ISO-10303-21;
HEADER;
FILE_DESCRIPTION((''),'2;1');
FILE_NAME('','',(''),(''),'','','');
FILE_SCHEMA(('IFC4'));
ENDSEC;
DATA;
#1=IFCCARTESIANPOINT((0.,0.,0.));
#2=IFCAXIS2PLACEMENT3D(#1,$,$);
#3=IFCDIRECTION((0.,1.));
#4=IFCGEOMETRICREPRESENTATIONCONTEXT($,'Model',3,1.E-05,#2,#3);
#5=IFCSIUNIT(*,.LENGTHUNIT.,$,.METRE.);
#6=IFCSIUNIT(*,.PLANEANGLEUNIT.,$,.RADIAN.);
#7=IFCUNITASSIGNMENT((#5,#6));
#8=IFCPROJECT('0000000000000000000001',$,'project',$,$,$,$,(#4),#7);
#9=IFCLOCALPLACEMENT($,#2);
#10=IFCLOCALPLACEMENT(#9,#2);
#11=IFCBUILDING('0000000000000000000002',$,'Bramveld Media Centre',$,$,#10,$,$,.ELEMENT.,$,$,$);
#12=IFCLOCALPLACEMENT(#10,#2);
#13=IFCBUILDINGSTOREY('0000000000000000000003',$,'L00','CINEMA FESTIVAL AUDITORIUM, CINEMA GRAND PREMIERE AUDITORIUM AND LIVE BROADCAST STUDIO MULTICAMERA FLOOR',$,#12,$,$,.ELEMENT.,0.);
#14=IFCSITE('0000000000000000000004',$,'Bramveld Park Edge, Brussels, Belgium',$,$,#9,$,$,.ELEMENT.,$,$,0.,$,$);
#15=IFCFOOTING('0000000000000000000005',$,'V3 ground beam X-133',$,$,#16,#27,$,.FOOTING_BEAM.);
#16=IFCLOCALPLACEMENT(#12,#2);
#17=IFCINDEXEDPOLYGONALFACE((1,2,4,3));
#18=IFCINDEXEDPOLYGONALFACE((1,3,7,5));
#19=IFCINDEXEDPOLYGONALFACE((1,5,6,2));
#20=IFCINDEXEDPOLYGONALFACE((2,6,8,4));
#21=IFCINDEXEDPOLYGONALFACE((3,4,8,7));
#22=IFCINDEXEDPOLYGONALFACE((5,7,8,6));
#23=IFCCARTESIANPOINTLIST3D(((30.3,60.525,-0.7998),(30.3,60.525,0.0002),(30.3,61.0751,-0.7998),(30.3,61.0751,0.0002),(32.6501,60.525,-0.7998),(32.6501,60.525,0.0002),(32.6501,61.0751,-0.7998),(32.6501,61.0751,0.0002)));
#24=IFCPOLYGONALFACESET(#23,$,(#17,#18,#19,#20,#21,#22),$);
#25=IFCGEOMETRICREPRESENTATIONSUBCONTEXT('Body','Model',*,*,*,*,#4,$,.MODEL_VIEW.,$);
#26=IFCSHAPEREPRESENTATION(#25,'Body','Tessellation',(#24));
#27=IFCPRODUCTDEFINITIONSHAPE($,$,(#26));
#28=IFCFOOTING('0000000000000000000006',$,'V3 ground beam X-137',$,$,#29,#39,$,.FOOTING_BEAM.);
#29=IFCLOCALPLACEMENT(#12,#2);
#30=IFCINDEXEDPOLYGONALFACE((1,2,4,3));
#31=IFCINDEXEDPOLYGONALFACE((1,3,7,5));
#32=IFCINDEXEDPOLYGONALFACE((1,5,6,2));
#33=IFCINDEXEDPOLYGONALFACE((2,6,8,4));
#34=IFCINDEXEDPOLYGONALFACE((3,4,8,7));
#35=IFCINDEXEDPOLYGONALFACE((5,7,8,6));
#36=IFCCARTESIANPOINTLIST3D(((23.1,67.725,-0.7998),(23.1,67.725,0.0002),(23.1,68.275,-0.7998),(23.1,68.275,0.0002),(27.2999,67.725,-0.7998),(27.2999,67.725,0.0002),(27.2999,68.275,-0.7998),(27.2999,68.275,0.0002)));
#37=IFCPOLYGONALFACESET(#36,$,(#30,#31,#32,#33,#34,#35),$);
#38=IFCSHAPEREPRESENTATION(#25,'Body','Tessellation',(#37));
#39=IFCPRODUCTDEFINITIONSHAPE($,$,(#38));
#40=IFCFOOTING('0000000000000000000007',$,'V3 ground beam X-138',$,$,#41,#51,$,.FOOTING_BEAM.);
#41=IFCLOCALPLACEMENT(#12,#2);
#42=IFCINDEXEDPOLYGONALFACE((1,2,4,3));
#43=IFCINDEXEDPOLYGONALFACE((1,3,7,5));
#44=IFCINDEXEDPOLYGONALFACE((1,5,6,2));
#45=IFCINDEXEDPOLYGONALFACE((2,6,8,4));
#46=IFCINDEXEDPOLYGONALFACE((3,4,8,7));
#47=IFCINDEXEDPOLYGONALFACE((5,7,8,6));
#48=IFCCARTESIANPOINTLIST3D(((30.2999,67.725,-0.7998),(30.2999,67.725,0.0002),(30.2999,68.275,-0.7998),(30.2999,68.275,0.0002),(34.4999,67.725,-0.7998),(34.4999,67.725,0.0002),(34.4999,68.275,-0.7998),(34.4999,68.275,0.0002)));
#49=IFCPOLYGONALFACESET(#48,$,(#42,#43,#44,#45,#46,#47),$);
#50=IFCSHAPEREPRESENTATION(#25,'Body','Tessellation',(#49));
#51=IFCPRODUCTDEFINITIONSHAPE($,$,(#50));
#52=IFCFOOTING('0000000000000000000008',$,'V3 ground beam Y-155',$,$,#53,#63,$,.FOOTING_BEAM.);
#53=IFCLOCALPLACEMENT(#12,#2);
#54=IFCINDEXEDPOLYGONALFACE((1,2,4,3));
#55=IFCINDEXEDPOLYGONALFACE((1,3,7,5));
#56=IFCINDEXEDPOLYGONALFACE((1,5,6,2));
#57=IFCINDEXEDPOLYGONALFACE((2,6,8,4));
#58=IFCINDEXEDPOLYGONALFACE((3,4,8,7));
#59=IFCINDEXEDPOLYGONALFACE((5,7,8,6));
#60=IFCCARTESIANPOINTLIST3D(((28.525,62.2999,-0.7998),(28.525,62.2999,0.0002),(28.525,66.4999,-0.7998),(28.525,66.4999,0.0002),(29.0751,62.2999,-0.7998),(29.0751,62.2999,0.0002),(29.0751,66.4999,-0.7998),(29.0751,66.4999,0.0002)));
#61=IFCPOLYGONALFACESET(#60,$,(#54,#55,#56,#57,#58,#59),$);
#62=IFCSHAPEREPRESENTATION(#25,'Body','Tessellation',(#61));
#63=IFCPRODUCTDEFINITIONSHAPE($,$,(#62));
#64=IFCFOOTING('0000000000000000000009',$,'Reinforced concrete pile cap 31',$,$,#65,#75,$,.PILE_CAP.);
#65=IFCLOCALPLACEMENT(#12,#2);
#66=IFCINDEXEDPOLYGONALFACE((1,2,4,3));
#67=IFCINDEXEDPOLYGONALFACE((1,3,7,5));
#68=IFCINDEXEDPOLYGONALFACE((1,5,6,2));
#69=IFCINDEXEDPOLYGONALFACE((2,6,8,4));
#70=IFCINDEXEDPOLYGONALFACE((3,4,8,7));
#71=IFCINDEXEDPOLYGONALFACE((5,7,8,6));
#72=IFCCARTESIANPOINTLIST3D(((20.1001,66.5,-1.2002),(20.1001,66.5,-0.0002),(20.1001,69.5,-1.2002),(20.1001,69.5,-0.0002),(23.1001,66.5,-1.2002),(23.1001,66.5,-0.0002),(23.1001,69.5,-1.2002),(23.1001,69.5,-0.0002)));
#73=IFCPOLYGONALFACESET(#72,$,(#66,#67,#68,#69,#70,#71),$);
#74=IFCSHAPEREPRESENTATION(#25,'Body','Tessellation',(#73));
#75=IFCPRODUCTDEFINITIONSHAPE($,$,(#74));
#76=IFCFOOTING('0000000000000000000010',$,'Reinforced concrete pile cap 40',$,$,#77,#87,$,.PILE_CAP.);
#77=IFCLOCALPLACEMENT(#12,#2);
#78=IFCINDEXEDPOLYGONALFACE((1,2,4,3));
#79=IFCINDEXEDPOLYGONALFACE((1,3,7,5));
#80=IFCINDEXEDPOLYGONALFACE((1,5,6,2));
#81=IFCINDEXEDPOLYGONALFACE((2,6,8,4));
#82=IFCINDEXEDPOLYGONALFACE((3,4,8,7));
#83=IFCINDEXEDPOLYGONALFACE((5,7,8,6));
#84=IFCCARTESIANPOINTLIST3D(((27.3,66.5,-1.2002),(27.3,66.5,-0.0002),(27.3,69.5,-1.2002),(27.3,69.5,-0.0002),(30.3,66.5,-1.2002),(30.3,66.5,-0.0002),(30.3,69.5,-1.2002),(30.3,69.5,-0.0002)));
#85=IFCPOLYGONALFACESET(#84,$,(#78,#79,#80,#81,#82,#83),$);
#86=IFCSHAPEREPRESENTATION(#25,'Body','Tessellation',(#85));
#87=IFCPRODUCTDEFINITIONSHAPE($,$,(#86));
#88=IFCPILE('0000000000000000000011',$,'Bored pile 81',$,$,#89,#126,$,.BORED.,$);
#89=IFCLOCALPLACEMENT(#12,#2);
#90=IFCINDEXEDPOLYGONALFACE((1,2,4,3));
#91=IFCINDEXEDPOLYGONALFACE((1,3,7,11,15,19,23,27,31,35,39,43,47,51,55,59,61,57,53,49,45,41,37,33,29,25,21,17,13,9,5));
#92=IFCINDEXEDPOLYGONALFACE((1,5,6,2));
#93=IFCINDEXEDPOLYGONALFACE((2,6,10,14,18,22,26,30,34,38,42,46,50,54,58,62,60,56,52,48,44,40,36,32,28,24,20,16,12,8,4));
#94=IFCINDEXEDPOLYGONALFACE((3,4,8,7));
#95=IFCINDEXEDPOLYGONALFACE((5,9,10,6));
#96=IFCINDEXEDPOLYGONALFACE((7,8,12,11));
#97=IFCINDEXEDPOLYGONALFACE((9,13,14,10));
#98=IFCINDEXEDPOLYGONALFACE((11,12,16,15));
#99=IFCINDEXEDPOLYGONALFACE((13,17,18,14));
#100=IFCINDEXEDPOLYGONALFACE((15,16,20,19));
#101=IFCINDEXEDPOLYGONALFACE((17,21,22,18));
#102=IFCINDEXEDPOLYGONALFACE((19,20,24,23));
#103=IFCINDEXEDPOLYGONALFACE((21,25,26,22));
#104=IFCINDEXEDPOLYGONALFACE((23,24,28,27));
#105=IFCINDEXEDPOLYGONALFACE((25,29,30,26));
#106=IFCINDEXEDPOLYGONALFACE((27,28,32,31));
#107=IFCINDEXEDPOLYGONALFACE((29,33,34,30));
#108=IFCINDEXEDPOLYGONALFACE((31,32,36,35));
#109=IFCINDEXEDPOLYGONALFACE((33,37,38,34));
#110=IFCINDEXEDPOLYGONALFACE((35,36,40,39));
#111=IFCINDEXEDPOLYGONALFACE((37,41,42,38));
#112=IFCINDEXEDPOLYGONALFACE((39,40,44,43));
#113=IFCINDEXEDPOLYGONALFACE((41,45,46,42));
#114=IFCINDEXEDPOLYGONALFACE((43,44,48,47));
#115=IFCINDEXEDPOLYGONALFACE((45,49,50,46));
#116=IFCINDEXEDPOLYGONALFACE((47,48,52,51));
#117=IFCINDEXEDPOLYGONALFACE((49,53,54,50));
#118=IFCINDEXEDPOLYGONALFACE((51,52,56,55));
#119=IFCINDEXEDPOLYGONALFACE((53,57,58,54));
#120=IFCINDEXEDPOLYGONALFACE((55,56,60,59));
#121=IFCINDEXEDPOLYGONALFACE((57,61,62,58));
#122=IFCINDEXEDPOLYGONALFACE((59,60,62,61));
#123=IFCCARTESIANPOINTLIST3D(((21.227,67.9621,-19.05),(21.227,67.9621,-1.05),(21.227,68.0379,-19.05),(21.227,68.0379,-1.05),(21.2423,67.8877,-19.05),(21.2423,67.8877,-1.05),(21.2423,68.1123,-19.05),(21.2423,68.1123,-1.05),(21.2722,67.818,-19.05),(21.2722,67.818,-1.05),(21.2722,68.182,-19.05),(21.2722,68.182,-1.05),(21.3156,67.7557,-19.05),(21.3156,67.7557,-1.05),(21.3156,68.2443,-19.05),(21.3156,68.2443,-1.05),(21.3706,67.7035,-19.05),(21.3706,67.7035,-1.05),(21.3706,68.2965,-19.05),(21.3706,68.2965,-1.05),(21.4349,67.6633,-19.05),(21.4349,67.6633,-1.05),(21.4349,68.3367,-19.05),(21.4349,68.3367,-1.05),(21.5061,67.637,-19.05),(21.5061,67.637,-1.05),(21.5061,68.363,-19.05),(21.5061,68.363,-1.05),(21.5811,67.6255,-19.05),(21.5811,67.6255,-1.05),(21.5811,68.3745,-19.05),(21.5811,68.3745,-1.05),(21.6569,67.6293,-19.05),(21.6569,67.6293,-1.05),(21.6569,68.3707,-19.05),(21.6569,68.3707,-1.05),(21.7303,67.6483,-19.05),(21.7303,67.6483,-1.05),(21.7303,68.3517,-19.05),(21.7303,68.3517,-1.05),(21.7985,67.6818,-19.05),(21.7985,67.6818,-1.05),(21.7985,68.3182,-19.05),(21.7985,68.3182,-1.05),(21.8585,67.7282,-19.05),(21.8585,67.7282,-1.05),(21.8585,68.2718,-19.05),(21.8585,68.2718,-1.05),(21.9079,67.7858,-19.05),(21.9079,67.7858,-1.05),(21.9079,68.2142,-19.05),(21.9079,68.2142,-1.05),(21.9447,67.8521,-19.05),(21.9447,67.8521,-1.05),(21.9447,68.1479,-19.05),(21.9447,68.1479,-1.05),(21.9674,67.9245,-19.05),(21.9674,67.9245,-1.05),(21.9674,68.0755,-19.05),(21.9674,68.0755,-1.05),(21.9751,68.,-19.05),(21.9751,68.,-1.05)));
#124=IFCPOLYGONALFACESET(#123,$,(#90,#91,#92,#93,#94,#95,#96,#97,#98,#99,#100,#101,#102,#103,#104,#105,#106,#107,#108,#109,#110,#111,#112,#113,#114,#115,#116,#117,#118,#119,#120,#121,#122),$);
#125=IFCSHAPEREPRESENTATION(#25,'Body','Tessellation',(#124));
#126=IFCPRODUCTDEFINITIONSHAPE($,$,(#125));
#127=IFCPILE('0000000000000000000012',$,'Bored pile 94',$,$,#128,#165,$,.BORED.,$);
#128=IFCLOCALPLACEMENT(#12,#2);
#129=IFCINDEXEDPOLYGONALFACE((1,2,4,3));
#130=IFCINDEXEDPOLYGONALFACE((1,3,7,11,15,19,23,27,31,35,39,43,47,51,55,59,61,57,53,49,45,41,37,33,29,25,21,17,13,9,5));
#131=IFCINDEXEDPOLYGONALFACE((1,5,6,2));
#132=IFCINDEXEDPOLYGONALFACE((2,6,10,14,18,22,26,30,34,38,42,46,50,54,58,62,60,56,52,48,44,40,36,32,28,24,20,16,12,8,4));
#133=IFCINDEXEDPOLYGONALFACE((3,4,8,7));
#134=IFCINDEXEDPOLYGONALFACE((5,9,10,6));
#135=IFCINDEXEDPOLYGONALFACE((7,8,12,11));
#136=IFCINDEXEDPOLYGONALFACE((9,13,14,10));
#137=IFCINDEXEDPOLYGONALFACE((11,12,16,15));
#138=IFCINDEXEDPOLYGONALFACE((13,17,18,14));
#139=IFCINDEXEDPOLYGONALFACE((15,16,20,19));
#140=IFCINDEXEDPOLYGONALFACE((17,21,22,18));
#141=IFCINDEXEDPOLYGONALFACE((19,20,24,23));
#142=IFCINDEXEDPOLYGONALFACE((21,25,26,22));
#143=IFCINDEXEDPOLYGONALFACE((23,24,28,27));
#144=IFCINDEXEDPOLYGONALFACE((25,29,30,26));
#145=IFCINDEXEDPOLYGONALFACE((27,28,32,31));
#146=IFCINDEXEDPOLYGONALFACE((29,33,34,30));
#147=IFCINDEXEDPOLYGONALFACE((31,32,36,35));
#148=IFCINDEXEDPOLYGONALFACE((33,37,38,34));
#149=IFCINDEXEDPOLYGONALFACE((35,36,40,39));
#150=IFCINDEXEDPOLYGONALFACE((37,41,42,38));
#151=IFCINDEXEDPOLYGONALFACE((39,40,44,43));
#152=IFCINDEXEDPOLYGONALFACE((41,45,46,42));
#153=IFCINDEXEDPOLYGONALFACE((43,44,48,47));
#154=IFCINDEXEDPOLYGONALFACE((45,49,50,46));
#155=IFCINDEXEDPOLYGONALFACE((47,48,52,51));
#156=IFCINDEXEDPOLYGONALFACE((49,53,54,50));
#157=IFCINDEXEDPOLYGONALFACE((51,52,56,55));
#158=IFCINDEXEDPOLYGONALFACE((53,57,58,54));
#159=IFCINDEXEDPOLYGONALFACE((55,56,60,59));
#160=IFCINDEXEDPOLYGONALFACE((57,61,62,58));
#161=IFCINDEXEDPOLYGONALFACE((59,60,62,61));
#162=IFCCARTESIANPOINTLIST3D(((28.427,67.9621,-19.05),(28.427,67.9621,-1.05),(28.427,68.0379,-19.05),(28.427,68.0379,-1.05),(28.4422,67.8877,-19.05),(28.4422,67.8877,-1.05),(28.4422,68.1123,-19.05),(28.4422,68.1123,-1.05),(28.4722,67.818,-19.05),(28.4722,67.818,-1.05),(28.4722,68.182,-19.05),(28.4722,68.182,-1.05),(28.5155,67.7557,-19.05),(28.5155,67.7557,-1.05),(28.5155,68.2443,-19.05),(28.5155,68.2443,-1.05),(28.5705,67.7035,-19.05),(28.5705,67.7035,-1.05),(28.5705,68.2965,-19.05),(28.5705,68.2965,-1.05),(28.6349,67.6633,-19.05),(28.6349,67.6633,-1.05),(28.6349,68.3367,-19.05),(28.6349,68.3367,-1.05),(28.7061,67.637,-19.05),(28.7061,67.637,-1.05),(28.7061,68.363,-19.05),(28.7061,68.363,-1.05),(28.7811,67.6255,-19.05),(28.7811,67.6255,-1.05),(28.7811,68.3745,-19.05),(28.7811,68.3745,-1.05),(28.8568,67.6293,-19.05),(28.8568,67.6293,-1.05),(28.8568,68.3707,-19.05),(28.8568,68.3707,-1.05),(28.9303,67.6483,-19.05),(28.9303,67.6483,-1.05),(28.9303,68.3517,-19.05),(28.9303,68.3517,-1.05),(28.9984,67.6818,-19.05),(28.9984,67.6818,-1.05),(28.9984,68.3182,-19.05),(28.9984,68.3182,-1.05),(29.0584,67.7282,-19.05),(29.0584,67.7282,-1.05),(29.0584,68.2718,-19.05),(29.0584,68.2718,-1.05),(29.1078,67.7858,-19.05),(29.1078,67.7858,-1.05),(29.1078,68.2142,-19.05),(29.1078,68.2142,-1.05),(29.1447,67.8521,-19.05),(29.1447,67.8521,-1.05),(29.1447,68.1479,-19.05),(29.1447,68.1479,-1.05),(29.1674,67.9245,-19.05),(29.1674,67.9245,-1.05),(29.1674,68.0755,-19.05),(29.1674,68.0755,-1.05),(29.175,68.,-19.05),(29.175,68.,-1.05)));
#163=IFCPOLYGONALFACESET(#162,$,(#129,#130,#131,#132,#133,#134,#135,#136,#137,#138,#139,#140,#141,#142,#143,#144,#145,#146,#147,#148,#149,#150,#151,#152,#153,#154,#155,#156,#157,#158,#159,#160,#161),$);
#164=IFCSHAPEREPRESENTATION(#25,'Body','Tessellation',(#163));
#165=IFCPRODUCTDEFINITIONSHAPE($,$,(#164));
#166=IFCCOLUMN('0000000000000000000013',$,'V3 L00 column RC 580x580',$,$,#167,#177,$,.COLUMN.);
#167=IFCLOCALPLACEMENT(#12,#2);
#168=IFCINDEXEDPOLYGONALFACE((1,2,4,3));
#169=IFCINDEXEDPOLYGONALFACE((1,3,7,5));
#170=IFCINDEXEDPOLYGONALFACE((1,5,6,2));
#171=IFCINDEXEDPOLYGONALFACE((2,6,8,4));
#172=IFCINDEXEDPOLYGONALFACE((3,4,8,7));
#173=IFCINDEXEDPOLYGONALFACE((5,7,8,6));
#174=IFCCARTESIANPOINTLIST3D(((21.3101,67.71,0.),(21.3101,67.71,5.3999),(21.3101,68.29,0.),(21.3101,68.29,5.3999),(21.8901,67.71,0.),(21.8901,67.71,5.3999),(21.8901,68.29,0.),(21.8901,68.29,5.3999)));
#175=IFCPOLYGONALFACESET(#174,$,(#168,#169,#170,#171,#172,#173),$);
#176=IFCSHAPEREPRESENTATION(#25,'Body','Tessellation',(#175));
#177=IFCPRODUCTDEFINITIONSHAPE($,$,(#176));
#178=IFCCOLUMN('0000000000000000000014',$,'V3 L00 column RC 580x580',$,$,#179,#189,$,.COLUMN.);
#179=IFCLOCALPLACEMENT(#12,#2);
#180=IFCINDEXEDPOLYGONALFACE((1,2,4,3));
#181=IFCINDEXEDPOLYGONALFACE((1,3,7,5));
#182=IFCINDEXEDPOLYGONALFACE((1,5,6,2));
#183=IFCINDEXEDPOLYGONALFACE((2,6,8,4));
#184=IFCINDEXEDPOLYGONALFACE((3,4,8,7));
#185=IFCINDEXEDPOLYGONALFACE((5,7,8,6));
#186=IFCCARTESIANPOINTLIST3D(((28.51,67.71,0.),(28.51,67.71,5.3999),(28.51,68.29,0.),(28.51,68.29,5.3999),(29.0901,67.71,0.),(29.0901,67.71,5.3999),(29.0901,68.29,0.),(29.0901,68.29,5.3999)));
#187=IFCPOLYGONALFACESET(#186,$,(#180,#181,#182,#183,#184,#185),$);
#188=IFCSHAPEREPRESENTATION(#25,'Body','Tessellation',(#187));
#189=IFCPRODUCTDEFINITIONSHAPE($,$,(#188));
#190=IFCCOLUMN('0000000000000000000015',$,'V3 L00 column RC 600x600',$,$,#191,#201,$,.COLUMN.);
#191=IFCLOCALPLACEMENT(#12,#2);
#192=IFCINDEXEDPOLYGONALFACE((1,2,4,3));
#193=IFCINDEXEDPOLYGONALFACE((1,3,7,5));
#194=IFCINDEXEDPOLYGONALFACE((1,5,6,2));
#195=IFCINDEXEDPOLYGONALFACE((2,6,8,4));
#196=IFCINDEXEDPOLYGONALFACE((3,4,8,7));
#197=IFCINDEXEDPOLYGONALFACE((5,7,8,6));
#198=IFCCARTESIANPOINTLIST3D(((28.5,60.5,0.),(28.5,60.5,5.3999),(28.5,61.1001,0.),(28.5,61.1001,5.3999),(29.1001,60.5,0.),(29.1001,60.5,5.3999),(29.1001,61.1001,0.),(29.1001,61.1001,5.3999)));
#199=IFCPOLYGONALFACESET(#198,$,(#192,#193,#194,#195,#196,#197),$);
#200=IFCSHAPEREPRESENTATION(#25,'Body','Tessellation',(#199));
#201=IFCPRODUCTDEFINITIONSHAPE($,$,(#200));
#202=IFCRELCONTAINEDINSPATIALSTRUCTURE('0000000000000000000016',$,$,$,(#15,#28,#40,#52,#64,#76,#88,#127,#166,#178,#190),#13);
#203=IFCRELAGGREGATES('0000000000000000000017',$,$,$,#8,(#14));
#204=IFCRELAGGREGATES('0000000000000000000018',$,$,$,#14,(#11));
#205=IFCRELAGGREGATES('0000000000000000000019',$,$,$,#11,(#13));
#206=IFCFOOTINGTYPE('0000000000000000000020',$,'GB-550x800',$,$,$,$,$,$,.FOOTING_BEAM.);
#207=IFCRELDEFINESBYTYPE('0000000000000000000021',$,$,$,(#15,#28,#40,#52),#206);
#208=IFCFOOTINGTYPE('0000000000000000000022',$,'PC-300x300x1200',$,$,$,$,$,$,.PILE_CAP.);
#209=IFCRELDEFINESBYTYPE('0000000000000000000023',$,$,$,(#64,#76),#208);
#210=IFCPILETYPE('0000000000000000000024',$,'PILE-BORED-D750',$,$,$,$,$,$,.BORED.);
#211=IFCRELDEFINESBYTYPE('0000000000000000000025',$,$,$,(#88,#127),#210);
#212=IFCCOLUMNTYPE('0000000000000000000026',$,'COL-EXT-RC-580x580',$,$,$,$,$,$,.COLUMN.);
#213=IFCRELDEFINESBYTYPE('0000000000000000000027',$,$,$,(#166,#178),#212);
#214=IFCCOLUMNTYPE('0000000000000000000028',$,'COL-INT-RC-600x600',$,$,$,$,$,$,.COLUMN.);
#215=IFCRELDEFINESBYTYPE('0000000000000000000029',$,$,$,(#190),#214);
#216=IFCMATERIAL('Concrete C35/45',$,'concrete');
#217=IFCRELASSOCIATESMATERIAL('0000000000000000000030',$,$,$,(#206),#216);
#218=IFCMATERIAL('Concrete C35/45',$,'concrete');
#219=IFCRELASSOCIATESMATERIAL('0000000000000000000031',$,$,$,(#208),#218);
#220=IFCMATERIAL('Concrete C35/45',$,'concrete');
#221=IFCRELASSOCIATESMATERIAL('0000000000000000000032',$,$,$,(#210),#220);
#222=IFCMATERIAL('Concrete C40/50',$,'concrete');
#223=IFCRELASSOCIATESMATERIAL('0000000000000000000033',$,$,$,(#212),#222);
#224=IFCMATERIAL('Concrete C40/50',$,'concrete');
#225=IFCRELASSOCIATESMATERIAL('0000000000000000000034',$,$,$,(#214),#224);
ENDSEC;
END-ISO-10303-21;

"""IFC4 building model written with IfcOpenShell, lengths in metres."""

from ifc_helpers import new_model, si_unit, direction, frame, origin, origin_2d, place, context, subcontext, project, spatial, rectangle, circle, extrude, material, material_profile, profile_set, type_object, element, save


model = new_model("IFC4")

# Units and contexts
model_context = context("Model", 3, precision=1e-05, world=origin(), true_north=direction((0.0, 1.0)))
body_context = subcontext(model_context, "Body", "Model", "MODEL_VIEW")
ifc_project = project(units=[si_unit("LENGTHUNIT", "METRE"), si_unit("PLANEANGLEUNIT", "RADIAN")], contexts=[model_context])

# Site, building, storey
site_placement = place(None, origin())
site = spatial("IfcSite", under=ifc_project, at=site_placement, Name="Bramveld Park Edge, Brussels, Belgium", CompositionType="ELEMENT", RefElevation=0.0)
building_placement = place(site_placement, origin())
building = spatial("IfcBuilding", under=site, at=building_placement, Name="Bramveld Media Centre", CompositionType="ELEMENT")
storey_placement = place(building_placement, origin())
storey = spatial("IfcBuildingStorey", under=building, at=storey_placement, Name="L00", Description="CINEMA FESTIVAL AUDITORIUM, CINEMA GRAND PREMIERE AUDITORIUM AND LIVE BROADCAST STUDIO MULTICAMERA FLOOR", CompositionType="ELEMENT", Elevation=0.0)

# Footings
ifc_material_1 = material(Name="Concrete C35/45", Category="concrete")
footing_type_1 = type_object("IfcFootingType", Name="GB-550x800", PredefinedType="FOOTING_BEAM", material=ifc_material_1)
footing_1_placement = place(storey_placement, frame((31.4751, 60.8, -0.7998), z_axis=(0.0, 0.0, 1.0), x_axis=(1.0, 0.0, 0.0)))
element("IfcFooting", 1, at=footing_1_placement, inside=storey, type_object=footing_type_1, Name="V3 ground beam X-133", PredefinedType="FOOTING_BEAM", context=body_context, shape_type="SweptSolid", body=[
    extrude(rectangle(XDim=2.3501, YDim=0.55, at=origin_2d()), origin(), (0.0, 0.0, 1.0), 0.8),
])
for number, where, z_axis, x_axis, name in (
    (2, (25.2, 68.0, -0.7998), (0.0, 0.0, 1.0), (1.0, 0.0, 0.0), "V3 ground beam X-137"),
    (3, (32.3999, 68.0, -0.7998), (0.0, 0.0, 1.0), (1.0, 0.0, 0.0), "V3 ground beam X-138"),
):
    element("IfcFooting", number, at=place(storey_placement, frame(where, z_axis=z_axis, x_axis=x_axis)), inside=storey, type_object=footing_type_1, Name=name, PredefinedType="FOOTING_BEAM", context=body_context, shape_type="SweptSolid", body=[
        extrude(rectangle(XDim=4.2, YDim=0.55, at=origin_2d()), origin(), (0.0, 0.0, 1.0), 0.8),
    ])
footing_2_placement = place(storey_placement, frame((28.8, 64.3999, -0.7998), z_axis=(0.0, 0.0, 1.0), x_axis=(1.0, 0.0, 0.0)))
element("IfcFooting", 4, at=footing_2_placement, inside=storey, type_object=footing_type_1, Name="V3 ground beam Y-155", PredefinedType="FOOTING_BEAM", context=body_context, shape_type="SweptSolid", body=[
    extrude(rectangle(XDim=0.55, YDim=4.2, at=origin_2d()), origin(), (0.0, 0.0, 1.0), 0.8),
])
ifc_material_2 = material(Name="Concrete C35/45", Category="concrete")
footing_type_2 = type_object("IfcFootingType", Name="PC-300x300x1200", PredefinedType="PILE_CAP", material=ifc_material_2)
for number, where, z_axis, x_axis, name in (
    (5, (21.6001, 68.0, -1.2002), (0.0, 0.0, 1.0), (1.0, 0.0, 0.0), "Reinforced concrete pile cap 31"),
    (6, (28.8, 68.0, -1.2002), (0.0, 0.0, 1.0), (1.0, 0.0, 0.0), "Reinforced concrete pile cap 40"),
):
    element("IfcFooting", number, at=place(storey_placement, frame(where, z_axis=z_axis, x_axis=x_axis)), inside=storey, type_object=footing_type_2, Name=name, PredefinedType="PILE_CAP", context=body_context, shape_type="SweptSolid", body=[
        extrude(rectangle(XDim=3.0, YDim=3.0, at=origin_2d()), origin(), (0.0, 0.0, 1.0), 1.2),
    ])

# Piles
ifc_material_3 = material(Name="Concrete C35/45", Category="concrete")
ifc_material_profile_1 = material_profile(ifc_material_3, circle(Radius=0.375, at=origin_2d()), Name="BORED D750")
ifc_profile_set_1 = profile_set([ifc_material_profile_1], Name="Concrete C35/45")
pile_type = type_object("IfcPileType", Name="PILE-BORED-D750", PredefinedType="BORED", material=ifc_profile_set_1)
for number, where, z_axis, x_axis, name in (
    (7, (21.6001, 68.0, -1.05), (0.0, 0.0, -1.0), (1.0, 0.0, 0.0), "Bored pile 81"),
    (8, (28.8, 68.0, -1.05), (0.0, 0.0, -1.0), (1.0, 0.0, 0.0), "Bored pile 94"),
):
    element("IfcPile", number, at=place(storey_placement, frame(where, z_axis=z_axis, x_axis=x_axis)), inside=storey, type_object=pile_type, Name=name, PredefinedType="BORED", context=body_context, shape_type="SweptSolid", body=[
        extrude(circle(Radius=0.375, at=origin_2d()), origin(), (0.0, 0.0, 1.0), 18.0),
    ])

# Columns
ifc_material_4 = material(Name="Concrete C40/50", Category="concrete")
ifc_material_profile_2 = material_profile(ifc_material_4, rectangle(XDim=0.5801, YDim=0.5801, at=origin_2d()), Name="RC 580x580")
ifc_profile_set_2 = profile_set([ifc_material_profile_2], Name="Concrete C40/50")
column_type_1 = type_object("IfcColumnType", Name="COL-EXT-RC-580x580", PredefinedType="COLUMN", material=ifc_profile_set_2)
for number, where, z_axis, x_axis, name in (
    (9, (21.6001, 68.0, 0.0), (0.0, 0.0, 1.0), (1.0, 0.0, 0.0), "V3 L00 column RC 580x580"),
    (10, (28.8, 68.0, 0.0), (0.0, 0.0, 1.0), (1.0, 0.0, 0.0), "V3 L00 column RC 580x580"),
):
    element("IfcColumn", number, at=place(storey_placement, frame(where, z_axis=z_axis, x_axis=x_axis)), inside=storey, type_object=column_type_1, Name=name, PredefinedType="COLUMN", context=body_context, shape_type="SweptSolid", body=[
        extrude(rectangle(XDim=0.5801, YDim=0.5801, at=origin_2d()), origin(), (0.0, 0.0, 1.0), 5.3999),
    ])
ifc_material_5 = material(Name="Concrete C40/50", Category="concrete")
ifc_material_profile_3 = material_profile(ifc_material_5, rectangle(XDim=0.6001, YDim=0.6001, at=origin_2d()), Name="RC 600x600")
ifc_profile_set_3 = profile_set([ifc_material_profile_3], Name="Concrete C40/50")
column_type_2 = type_object("IfcColumnType", Name="COL-INT-RC-600x600", PredefinedType="COLUMN", material=ifc_profile_set_3)
column_placement = place(storey_placement, frame((28.8, 60.8, 0.0), z_axis=(0.0, 0.0, 1.0), x_axis=(1.0, 0.0, 0.0)))
element("IfcColumn", 11, at=column_placement, inside=storey, type_object=column_type_2, Name="V3 L00 column RC 600x600", PredefinedType="COLUMN", context=body_context, shape_type="SweptSolid", body=[
    extrude(rectangle(XDim=0.6001, YDim=0.6001, at=origin_2d()), origin(), (0.0, 0.0, 1.0), 5.3999),
])

save(model, "model.ifc")
